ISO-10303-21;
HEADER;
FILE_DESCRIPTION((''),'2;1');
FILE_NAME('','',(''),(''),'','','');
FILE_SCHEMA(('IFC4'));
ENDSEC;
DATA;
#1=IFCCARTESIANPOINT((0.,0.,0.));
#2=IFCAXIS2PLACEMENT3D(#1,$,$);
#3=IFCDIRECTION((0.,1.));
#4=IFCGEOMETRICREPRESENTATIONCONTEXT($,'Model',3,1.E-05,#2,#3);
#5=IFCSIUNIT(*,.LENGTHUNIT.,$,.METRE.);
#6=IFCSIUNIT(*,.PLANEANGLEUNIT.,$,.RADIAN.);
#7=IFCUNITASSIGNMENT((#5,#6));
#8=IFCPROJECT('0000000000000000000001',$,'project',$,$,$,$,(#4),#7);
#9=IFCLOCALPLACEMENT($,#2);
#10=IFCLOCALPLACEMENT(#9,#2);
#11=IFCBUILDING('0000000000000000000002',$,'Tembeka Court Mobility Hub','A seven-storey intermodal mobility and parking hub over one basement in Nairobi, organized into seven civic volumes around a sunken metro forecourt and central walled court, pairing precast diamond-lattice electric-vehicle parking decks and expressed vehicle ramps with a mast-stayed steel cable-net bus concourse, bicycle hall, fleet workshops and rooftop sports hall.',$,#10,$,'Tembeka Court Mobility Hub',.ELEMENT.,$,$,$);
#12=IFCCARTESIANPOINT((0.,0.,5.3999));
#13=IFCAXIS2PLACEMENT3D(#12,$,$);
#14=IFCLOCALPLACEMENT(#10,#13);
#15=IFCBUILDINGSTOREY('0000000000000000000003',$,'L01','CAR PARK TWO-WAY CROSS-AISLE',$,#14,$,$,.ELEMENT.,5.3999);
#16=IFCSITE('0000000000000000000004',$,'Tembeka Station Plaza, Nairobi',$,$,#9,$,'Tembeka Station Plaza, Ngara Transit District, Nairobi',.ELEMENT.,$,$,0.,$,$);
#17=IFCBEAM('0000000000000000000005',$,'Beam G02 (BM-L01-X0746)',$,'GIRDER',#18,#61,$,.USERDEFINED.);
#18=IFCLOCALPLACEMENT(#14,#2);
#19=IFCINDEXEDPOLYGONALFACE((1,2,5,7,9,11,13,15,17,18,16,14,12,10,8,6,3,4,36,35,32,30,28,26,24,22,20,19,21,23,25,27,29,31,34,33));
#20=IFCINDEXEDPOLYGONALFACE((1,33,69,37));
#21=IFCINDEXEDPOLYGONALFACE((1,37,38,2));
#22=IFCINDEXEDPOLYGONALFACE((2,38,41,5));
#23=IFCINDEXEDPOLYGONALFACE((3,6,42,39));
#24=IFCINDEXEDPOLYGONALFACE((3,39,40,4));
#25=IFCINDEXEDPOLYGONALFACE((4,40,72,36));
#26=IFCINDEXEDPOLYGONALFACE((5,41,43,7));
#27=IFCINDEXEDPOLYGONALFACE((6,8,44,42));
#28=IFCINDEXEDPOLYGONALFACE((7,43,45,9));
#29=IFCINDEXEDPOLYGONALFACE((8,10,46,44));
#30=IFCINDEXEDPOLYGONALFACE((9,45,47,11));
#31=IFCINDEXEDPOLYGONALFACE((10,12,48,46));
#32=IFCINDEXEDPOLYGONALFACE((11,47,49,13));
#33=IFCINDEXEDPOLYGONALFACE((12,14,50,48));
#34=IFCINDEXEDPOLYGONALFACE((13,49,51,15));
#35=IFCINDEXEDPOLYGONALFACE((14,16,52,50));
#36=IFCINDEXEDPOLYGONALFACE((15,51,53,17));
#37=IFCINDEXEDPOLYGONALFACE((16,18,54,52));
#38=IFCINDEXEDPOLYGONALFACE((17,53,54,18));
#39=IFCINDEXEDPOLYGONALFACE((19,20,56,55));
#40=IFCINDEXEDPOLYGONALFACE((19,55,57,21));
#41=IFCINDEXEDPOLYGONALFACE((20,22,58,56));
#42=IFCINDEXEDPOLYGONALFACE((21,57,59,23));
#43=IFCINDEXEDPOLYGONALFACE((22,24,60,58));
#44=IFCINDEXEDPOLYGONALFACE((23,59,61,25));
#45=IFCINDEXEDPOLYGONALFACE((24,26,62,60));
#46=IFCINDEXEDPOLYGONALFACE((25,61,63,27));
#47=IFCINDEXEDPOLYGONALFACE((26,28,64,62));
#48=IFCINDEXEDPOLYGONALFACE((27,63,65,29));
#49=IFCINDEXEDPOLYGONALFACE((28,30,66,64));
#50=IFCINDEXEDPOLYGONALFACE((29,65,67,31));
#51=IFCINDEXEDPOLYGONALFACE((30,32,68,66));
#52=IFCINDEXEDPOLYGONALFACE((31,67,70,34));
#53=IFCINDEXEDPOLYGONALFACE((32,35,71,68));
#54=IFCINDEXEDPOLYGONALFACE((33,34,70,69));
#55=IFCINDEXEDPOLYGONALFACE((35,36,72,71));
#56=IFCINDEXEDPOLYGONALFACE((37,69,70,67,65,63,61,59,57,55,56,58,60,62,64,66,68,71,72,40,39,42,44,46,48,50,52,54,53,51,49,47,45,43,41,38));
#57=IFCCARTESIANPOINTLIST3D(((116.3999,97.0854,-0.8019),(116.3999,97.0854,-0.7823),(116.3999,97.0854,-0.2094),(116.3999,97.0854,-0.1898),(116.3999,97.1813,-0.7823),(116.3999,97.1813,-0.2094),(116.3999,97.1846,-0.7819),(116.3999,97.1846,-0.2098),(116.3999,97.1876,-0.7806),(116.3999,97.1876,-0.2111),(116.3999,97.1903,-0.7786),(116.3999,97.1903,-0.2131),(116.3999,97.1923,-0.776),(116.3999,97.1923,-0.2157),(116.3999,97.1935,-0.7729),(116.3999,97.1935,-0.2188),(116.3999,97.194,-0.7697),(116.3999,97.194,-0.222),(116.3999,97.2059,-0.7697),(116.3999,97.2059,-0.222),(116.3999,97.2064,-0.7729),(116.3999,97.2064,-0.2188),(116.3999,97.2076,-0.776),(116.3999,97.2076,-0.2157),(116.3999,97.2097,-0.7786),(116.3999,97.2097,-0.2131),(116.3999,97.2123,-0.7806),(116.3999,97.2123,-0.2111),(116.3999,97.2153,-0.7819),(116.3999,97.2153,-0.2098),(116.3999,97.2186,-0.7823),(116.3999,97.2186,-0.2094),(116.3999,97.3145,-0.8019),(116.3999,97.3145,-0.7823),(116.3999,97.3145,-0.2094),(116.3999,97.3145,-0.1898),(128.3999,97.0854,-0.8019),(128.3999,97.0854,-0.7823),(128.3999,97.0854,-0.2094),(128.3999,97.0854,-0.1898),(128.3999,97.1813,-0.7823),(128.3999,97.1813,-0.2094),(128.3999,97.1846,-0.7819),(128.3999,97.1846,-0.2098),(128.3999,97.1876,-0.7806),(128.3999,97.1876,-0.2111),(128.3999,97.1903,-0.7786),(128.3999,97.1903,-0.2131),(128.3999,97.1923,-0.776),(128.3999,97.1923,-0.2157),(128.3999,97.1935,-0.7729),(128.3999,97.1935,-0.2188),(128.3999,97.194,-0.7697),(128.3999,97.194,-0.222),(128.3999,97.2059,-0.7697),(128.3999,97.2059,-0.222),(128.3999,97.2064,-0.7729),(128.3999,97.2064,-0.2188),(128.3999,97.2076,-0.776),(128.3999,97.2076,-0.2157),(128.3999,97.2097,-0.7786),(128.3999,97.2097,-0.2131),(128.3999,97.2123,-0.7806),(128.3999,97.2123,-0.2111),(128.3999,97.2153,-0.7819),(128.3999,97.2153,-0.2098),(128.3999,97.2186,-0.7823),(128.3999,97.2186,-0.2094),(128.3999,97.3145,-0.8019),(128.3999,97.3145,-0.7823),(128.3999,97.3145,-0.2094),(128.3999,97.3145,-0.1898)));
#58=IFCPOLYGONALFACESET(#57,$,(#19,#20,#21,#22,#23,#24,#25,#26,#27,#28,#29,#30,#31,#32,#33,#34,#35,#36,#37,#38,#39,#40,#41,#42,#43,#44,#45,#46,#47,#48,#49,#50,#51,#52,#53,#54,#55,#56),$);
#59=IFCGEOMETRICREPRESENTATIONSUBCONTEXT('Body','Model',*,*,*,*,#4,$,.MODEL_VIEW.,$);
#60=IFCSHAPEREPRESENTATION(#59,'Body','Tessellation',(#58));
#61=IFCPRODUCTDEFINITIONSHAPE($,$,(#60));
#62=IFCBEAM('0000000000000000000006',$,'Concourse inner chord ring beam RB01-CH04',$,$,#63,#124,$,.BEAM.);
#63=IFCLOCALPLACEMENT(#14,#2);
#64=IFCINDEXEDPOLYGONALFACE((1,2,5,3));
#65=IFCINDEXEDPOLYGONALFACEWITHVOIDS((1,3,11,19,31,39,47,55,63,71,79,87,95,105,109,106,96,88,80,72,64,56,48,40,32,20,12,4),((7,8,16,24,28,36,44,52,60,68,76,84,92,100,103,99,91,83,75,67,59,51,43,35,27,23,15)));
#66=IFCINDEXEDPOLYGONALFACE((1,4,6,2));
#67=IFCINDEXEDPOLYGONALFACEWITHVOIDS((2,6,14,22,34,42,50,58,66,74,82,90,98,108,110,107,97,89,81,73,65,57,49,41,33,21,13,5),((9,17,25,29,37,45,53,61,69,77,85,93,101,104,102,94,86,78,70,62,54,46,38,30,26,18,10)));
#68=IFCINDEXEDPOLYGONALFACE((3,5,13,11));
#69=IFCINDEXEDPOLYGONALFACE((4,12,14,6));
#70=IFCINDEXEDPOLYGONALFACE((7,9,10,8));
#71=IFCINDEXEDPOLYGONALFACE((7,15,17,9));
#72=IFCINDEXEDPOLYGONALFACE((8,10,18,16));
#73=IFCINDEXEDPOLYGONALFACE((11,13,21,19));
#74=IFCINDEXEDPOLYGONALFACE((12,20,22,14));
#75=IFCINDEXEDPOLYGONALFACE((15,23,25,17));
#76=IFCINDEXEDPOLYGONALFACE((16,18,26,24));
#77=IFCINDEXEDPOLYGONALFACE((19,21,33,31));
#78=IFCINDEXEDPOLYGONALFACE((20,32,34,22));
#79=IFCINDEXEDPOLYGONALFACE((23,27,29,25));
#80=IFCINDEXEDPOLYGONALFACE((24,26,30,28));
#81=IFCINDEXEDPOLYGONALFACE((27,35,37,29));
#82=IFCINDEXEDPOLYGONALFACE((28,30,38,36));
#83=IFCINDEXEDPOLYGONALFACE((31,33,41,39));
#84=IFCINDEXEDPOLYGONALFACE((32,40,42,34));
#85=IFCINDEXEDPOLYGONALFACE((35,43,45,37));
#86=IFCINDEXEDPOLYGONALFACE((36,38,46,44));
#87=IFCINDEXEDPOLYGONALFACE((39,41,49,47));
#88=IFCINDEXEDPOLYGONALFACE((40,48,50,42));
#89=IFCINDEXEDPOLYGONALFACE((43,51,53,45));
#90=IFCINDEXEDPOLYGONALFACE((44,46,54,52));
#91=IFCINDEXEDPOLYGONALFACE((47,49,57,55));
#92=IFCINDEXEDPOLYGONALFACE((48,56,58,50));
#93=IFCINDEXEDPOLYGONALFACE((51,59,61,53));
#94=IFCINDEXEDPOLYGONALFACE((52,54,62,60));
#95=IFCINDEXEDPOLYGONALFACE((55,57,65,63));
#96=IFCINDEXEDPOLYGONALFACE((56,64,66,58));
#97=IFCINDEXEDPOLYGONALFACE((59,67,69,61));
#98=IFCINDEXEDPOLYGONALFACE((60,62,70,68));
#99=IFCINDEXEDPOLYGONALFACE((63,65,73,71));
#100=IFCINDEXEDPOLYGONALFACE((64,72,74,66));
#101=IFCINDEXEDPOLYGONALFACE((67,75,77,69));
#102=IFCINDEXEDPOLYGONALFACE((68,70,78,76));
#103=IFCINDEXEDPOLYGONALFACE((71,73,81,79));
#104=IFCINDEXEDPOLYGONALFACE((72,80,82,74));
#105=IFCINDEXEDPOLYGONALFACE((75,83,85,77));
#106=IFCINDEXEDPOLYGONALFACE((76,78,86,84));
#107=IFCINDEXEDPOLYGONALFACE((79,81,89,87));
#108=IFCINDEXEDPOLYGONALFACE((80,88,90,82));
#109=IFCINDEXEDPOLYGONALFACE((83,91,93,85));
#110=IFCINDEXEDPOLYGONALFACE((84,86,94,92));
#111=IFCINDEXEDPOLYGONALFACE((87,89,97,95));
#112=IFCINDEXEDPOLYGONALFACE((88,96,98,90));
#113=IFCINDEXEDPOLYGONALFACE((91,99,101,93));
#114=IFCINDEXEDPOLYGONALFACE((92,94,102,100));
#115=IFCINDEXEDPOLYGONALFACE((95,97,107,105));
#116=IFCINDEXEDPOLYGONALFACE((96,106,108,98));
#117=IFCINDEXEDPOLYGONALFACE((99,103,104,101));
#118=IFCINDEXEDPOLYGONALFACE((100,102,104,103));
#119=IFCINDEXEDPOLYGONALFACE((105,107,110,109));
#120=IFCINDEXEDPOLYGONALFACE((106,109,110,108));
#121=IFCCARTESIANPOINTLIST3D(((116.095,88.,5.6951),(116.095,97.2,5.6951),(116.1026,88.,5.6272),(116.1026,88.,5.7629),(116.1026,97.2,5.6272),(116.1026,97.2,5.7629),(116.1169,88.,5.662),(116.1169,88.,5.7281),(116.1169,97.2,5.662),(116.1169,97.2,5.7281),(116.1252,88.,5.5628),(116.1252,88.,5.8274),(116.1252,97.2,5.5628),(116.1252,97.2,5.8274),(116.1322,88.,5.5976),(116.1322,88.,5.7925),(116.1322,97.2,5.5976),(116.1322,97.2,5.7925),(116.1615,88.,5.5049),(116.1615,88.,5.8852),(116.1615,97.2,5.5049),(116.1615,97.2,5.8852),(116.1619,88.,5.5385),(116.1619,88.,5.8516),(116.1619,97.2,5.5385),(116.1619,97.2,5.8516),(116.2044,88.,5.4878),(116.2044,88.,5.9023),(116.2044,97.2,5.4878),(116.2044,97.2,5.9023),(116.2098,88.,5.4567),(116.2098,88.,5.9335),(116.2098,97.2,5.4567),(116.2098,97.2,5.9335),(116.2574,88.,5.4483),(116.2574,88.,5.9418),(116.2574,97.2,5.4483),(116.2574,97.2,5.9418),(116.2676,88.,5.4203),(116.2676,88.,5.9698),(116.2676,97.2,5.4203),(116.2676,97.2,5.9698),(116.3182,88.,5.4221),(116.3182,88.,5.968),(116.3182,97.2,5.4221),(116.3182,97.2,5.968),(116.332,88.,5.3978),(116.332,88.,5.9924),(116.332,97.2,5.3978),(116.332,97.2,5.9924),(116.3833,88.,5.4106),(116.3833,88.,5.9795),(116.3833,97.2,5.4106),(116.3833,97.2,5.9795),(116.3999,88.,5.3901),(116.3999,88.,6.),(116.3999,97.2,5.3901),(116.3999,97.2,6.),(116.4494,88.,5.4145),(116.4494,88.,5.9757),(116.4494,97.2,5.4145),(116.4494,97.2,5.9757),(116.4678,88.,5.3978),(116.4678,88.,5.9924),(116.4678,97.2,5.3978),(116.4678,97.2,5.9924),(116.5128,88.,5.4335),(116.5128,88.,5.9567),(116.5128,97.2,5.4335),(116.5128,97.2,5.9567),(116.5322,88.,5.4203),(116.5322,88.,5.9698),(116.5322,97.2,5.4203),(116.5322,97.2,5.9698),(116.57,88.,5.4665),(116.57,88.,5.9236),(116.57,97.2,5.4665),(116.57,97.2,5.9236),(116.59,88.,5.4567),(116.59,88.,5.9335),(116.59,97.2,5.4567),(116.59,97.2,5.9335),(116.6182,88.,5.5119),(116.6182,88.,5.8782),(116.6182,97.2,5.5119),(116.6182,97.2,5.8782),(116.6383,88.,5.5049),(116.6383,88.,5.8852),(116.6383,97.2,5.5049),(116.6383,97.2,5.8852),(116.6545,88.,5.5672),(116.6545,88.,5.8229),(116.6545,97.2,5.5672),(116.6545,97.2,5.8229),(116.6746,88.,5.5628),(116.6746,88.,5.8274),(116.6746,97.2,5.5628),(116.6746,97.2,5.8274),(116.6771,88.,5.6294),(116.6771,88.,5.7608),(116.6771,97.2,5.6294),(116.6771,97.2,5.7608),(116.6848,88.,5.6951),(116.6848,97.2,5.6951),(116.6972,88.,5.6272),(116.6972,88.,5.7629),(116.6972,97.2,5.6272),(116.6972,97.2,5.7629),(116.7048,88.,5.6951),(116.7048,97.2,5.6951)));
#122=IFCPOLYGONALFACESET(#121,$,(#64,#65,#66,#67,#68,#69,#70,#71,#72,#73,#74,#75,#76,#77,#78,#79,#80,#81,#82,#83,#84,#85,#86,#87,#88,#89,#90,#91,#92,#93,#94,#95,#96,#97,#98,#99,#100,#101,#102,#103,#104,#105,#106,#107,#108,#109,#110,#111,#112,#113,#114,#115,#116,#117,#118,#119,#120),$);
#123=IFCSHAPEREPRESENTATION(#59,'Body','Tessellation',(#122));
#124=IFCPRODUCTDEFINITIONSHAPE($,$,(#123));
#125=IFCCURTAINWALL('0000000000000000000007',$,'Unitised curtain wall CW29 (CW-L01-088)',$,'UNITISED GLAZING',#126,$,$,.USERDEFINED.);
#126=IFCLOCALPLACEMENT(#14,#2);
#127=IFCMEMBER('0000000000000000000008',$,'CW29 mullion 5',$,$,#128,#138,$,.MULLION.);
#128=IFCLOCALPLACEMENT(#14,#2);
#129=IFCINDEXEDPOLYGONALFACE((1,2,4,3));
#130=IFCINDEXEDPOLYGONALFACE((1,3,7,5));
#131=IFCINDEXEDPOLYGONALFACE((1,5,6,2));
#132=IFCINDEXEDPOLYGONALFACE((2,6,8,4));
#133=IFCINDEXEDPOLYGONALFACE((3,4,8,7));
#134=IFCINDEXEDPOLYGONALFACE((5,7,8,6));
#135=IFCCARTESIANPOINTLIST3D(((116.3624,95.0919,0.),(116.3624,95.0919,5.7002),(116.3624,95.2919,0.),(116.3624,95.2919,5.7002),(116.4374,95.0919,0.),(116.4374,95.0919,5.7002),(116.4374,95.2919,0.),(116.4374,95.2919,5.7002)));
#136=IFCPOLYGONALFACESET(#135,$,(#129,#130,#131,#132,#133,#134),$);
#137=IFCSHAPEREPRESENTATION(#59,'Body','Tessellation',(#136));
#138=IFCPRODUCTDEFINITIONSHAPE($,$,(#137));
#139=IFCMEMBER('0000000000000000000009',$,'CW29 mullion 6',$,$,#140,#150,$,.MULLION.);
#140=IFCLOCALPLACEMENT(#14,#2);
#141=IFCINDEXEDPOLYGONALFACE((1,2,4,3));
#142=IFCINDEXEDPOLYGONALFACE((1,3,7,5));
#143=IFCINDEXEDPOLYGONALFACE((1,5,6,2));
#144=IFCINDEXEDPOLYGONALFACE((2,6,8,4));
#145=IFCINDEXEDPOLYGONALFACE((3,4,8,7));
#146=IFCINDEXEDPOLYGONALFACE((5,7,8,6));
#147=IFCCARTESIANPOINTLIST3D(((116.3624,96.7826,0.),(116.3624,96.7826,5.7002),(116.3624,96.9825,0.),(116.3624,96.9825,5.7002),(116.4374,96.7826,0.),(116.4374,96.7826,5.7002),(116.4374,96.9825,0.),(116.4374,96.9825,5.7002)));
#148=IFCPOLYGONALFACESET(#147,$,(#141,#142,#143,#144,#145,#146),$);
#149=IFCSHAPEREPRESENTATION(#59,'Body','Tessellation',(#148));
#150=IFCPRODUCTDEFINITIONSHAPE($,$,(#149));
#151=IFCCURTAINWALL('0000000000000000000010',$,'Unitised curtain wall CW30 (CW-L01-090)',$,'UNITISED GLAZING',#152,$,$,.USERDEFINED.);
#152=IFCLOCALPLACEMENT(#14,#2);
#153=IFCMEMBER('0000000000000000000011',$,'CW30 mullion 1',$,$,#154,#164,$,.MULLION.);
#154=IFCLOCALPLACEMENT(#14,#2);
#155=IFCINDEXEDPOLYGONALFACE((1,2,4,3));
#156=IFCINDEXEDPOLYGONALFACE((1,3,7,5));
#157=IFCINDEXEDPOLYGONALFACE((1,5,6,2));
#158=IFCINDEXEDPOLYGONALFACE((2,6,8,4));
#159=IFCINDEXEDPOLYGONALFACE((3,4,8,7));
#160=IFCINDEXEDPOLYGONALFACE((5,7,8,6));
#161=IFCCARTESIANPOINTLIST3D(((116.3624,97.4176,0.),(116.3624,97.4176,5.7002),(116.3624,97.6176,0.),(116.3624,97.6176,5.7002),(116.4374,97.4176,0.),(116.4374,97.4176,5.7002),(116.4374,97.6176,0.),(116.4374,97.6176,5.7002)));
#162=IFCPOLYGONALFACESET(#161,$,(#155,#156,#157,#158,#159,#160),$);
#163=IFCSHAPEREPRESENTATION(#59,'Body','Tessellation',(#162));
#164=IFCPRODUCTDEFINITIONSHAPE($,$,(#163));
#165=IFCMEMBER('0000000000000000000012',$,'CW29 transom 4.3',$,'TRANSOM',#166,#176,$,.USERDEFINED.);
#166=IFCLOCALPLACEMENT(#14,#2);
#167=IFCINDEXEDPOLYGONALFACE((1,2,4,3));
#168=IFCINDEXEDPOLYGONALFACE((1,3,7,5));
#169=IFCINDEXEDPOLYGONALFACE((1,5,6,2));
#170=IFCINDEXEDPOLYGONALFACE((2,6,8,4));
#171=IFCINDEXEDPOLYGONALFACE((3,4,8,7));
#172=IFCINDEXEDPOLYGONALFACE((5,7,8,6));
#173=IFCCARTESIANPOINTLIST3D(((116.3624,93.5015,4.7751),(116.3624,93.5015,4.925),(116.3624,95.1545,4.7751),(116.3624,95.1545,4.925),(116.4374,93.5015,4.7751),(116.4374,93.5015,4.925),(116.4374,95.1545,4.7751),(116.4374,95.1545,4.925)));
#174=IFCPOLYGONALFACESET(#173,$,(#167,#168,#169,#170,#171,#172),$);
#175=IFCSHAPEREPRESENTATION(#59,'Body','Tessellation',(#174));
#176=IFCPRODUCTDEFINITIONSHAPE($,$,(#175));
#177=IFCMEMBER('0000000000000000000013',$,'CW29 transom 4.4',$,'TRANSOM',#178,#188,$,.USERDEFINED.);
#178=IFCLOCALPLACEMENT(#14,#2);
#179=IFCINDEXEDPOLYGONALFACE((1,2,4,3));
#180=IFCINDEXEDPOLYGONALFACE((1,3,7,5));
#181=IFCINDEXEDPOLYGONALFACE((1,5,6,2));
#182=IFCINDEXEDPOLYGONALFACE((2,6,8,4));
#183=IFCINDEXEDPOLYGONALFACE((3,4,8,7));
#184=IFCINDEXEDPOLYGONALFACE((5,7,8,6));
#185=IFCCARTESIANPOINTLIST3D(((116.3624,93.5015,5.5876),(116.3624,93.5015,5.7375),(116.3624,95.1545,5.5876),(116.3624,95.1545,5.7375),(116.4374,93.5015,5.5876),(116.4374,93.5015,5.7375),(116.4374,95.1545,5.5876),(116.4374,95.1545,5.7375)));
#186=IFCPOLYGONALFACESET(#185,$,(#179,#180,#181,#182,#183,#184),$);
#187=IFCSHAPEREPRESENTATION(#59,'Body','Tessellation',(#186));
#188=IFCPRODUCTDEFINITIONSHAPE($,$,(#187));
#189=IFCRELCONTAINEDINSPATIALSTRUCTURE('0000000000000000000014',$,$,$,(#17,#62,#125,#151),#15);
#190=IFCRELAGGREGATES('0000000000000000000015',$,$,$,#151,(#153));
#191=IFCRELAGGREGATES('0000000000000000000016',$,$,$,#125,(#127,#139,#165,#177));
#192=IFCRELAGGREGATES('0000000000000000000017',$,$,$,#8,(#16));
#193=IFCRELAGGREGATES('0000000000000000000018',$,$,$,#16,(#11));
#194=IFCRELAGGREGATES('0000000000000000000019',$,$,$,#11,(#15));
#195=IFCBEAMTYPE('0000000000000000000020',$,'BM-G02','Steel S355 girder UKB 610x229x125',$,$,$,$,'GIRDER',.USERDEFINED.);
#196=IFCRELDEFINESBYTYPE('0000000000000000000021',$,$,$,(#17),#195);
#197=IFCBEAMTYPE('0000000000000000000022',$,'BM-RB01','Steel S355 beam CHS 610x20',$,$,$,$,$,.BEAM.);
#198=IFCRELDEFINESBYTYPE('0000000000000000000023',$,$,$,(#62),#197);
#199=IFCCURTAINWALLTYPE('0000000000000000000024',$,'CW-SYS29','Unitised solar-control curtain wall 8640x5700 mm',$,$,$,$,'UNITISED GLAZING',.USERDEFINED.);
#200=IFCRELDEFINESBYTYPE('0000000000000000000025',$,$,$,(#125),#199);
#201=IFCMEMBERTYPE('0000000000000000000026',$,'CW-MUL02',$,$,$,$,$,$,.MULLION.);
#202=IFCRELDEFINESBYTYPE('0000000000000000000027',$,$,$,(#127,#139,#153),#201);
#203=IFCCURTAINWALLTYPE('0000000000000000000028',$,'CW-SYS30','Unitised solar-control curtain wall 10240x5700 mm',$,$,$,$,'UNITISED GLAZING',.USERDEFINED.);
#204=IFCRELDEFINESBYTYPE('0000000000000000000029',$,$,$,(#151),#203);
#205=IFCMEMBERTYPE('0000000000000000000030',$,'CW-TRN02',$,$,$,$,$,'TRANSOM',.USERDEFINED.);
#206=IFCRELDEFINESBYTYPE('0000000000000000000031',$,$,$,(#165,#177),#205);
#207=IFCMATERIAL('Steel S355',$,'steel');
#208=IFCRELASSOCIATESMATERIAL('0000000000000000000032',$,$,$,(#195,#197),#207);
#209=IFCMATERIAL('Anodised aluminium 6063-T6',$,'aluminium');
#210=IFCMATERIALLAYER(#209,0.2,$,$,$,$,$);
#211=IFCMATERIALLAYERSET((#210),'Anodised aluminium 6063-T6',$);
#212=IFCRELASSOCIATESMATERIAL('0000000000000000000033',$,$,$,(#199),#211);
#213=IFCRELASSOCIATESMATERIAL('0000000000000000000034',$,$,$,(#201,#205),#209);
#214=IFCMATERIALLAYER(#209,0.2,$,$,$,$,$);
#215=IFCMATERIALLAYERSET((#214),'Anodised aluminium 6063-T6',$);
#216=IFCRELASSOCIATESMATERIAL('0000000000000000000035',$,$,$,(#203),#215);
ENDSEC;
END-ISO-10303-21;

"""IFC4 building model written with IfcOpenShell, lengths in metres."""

from ifc_helpers import new_model, si_unit, direction, frame, origin, origin_2d, place, context, subcontext, project, spatial, rectangle, hollow_circle, i_section, extrude, material, layer, layer_set, material_profile, profile_set, type_object, element, aggregate, save


model = new_model("IFC4")

# Units and contexts
model_context = context("Model", 3, precision=1e-05, world=origin(), true_north=direction((0.0, 1.0)))
body_context = subcontext(model_context, "Body", "Model", "MODEL_VIEW")
ifc_project = project(units=[si_unit("LENGTHUNIT", "METRE"), si_unit("PLANEANGLEUNIT", "RADIAN")], contexts=[model_context])

# Site, building, storey
site_placement = place(None, origin())
site = spatial("IfcSite", under=ifc_project, at=site_placement, Name="Tembeka Station Plaza, Nairobi", LongName="Tembeka Station Plaza, Ngara Transit District, Nairobi", CompositionType="ELEMENT", RefElevation=0.0)
building_placement = place(site_placement, origin())
building = spatial("IfcBuilding", under=site, at=building_placement, Name="Tembeka Court Mobility Hub", Description="A seven-storey intermodal mobility and parking hub over one basement in Nairobi, organized into seven civic volumes around a sunken metro forecourt and central walled court, pairing precast diamond-lattice electric-vehicle parking decks and expressed vehicle ramps with a mast-stayed steel cable-net bus concourse, bicycle hall, fleet workshops and rooftop sports hall.", LongName="Tembeka Court Mobility Hub", CompositionType="ELEMENT")
storey_placement = place(building_placement, frame((0.0, 0.0, 5.3999)))
storey = spatial("IfcBuildingStorey", under=building, at=storey_placement, Name="L01", Description="CAR PARK TWO-WAY CROSS-AISLE", CompositionType="ELEMENT", Elevation=5.3999)

# Beams
ifc_material_1 = material(Name="Steel S355", Category="steel")
ifc_material_profile_1 = material_profile(ifc_material_1, i_section(OverallWidth=0.229, OverallDepth=0.6121, WebThickness=0.012, FlangeThickness=0.0195, FilletRadius=0.0127, at=origin_2d()), Name="UKB 610x229x125")
ifc_profile_set_1 = profile_set([ifc_material_profile_1], Name="Steel S355")
beam_type_1 = type_object("IfcBeamType", Name="BM-G02", Description="Steel S355 girder UKB 610x229x125", ElementType="GIRDER", PredefinedType="USERDEFINED", material=ifc_profile_set_1)
beam_1_placement = place(storey_placement, frame((116.3999, 97.2, -0.4958), z_axis=(1.0, 0.0, 0.0), x_axis=(0.0, 1.0, 0.0)))
element("IfcBeam", 1, at=beam_1_placement, inside=storey, type_object=beam_type_1, Name="Beam G02 (BM-L01-X0746)", ObjectType="GIRDER", PredefinedType="USERDEFINED", context=body_context, shape_type="SweptSolid", body=[
    extrude(i_section(OverallWidth=0.229, OverallDepth=0.6121, WebThickness=0.012, FlangeThickness=0.0195, FilletRadius=0.0127, at=origin_2d()), origin(), (0.0, 0.0, 1.0), 12.0),
])
ifc_material_profile_2 = material_profile(ifc_material_1, hollow_circle(Radius=0.3049, WallThickness=0.02, at=origin_2d()), Name="CHS 610x20")
ifc_profile_set_2 = profile_set([ifc_material_profile_2], Name="Steel S355")
beam_type_2 = type_object("IfcBeamType", Name="BM-RB01", Description="Steel S355 beam CHS 610x20", PredefinedType="BEAM", material=ifc_profile_set_2)
beam_2_placement = place(storey_placement, frame((116.3999, 97.2, 5.6951), z_axis=(0.0, -1.0, 0.0), x_axis=(1.0, 0.0, 0.0)))
element("IfcBeam", 2, at=beam_2_placement, inside=storey, type_object=beam_type_2, Name="Concourse inner chord ring beam RB01-CH04", PredefinedType="BEAM", context=body_context, shape_type="SweptSolid", body=[
    extrude(hollow_circle(Radius=0.3049, WallThickness=0.02, at=origin_2d()), origin(), (0.0, 0.0, 1.0), 9.2),
])

# Curtain wall, members
ifc_material_2 = material(Name="Anodised aluminium 6063-T6", Category="aluminium")
ifc_layer_1 = layer(ifc_material_2, 0.2)
ifc_layer_set_1 = layer_set([ifc_layer_1], Name="Anodised aluminium 6063-T6")
curtain_wall_type_1 = type_object("IfcCurtainWallType", Name="CW-SYS29", Description="Unitised solar-control curtain wall 8640x5700 mm", ElementType="UNITISED GLAZING", PredefinedType="USERDEFINED", material=ifc_layer_set_1)
curtain_wall_1_placement = place(storey_placement, origin())
curtain_wall_1 = element("IfcCurtainWall", 3, at=curtain_wall_1_placement, inside=storey, type_object=curtain_wall_type_1, Name="Unitised curtain wall CW29 (CW-L01-088)", ObjectType="UNITISED GLAZING", PredefinedType="USERDEFINED")
ifc_material_profile_3 = material_profile(ifc_material_2, rectangle(XDim=0.075, YDim=0.2, at=origin_2d()), Name="ALU-MUL 75x200")
ifc_profile_set_3 = profile_set([ifc_material_profile_3], Name="Anodised aluminium 6063-T6")
member_type_1 = type_object("IfcMemberType", Name="CW-MUL02", PredefinedType="MULLION", material=ifc_profile_set_3)
member_1_placement = place(storey_placement, frame((116.3999, 95.1919, 0.0), z_axis=(0.0, 0.0, 1.0), x_axis=(-1.0, 0.0, 0.0)))
member_1 = element("IfcMember", 4, at=member_1_placement, type_object=member_type_1, Name="CW29 mullion 5", PredefinedType="MULLION", context=body_context, shape_type="SweptSolid", body=[
    extrude(rectangle(XDim=0.075, YDim=0.2, at=origin_2d()), origin(), (0.0, 0.0, 1.0), 5.7002),
])
member_2_placement = place(storey_placement, frame((116.3999, 96.8826, 0.0), z_axis=(0.0, 0.0, 1.0), x_axis=(-1.0, 0.0, 0.0)))
member_2 = element("IfcMember", 5, at=member_2_placement, type_object=member_type_1, Name="CW29 mullion 6", PredefinedType="MULLION", context=body_context, shape_type="SweptSolid", body=[
    extrude(rectangle(XDim=0.075, YDim=0.2, at=origin_2d()), origin(), (0.0, 0.0, 1.0), 5.7002),
])

# Curtain wall, member
ifc_layer_2 = layer(ifc_material_2, 0.2)
ifc_layer_set_2 = layer_set([ifc_layer_2], Name="Anodised aluminium 6063-T6")
curtain_wall_type_2 = type_object("IfcCurtainWallType", Name="CW-SYS30", Description="Unitised solar-control curtain wall 10240x5700 mm", ElementType="UNITISED GLAZING", PredefinedType="USERDEFINED", material=ifc_layer_set_2)
curtain_wall_2_placement = place(storey_placement, origin())
curtain_wall_2 = element("IfcCurtainWall", 6, at=curtain_wall_2_placement, inside=storey, type_object=curtain_wall_type_2, Name="Unitised curtain wall CW30 (CW-L01-090)", ObjectType="UNITISED GLAZING", PredefinedType="USERDEFINED")
member_3_placement = place(storey_placement, frame((116.3999, 97.5176, 0.0), z_axis=(0.0, 0.0, 1.0), x_axis=(-1.0, 0.0, 0.0)))
member_3 = element("IfcMember", 7, at=member_3_placement, type_object=member_type_1, Name="CW30 mullion 1", PredefinedType="MULLION", context=body_context, shape_type="SweptSolid", body=[
    extrude(rectangle(XDim=0.075, YDim=0.2, at=origin_2d()), origin(), (0.0, 0.0, 1.0), 5.7002),
])

# Members
ifc_material_profile_4 = material_profile(ifc_material_2, rectangle(XDim=0.075, YDim=0.1499, at=origin_2d()), Name="ALU-TRN 75x150")
ifc_profile_set_4 = profile_set([ifc_material_profile_4], Name="Anodised aluminium 6063-T6")
member_type_2 = type_object("IfcMemberType", Name="CW-TRN02", ElementType="TRANSOM", PredefinedType="USERDEFINED", material=ifc_profile_set_4)
member_4_placement = place(storey_placement, frame((116.3999, 93.5015, 4.8501), z_axis=(0.0, 1.0, 0.0), x_axis=(-1.0, 0.0, 0.0)))
member_4 = element("IfcMember", 8, at=member_4_placement, type_object=member_type_2, Name="CW29 transom 4.3", ObjectType="TRANSOM", PredefinedType="USERDEFINED", context=body_context, shape_type="SweptSolid", body=[
    extrude(rectangle(XDim=0.075, YDim=0.1499, at=origin_2d()), origin(), (0.0, 0.0, 1.0), 1.6531),
])
member_5_placement = place(storey_placement, frame((116.3999, 93.5015, 5.6626), z_axis=(0.0, 1.0, 0.0), x_axis=(-1.0, 0.0, 0.0)))
member_5 = element("IfcMember", 9, at=member_5_placement, type_object=member_type_2, Name="CW29 transom 4.4", ObjectType="TRANSOM", PredefinedType="USERDEFINED", context=body_context, shape_type="SweptSolid", body=[
    extrude(rectangle(XDim=0.075, YDim=0.1499, at=origin_2d()), origin(), (0.0, 0.0, 1.0), 1.6531),
])

aggregate(curtain_wall_2, [member_3])
aggregate(curtain_wall_1, [member_1, member_2, member_4, member_5])

save(model, "model.ifc")
